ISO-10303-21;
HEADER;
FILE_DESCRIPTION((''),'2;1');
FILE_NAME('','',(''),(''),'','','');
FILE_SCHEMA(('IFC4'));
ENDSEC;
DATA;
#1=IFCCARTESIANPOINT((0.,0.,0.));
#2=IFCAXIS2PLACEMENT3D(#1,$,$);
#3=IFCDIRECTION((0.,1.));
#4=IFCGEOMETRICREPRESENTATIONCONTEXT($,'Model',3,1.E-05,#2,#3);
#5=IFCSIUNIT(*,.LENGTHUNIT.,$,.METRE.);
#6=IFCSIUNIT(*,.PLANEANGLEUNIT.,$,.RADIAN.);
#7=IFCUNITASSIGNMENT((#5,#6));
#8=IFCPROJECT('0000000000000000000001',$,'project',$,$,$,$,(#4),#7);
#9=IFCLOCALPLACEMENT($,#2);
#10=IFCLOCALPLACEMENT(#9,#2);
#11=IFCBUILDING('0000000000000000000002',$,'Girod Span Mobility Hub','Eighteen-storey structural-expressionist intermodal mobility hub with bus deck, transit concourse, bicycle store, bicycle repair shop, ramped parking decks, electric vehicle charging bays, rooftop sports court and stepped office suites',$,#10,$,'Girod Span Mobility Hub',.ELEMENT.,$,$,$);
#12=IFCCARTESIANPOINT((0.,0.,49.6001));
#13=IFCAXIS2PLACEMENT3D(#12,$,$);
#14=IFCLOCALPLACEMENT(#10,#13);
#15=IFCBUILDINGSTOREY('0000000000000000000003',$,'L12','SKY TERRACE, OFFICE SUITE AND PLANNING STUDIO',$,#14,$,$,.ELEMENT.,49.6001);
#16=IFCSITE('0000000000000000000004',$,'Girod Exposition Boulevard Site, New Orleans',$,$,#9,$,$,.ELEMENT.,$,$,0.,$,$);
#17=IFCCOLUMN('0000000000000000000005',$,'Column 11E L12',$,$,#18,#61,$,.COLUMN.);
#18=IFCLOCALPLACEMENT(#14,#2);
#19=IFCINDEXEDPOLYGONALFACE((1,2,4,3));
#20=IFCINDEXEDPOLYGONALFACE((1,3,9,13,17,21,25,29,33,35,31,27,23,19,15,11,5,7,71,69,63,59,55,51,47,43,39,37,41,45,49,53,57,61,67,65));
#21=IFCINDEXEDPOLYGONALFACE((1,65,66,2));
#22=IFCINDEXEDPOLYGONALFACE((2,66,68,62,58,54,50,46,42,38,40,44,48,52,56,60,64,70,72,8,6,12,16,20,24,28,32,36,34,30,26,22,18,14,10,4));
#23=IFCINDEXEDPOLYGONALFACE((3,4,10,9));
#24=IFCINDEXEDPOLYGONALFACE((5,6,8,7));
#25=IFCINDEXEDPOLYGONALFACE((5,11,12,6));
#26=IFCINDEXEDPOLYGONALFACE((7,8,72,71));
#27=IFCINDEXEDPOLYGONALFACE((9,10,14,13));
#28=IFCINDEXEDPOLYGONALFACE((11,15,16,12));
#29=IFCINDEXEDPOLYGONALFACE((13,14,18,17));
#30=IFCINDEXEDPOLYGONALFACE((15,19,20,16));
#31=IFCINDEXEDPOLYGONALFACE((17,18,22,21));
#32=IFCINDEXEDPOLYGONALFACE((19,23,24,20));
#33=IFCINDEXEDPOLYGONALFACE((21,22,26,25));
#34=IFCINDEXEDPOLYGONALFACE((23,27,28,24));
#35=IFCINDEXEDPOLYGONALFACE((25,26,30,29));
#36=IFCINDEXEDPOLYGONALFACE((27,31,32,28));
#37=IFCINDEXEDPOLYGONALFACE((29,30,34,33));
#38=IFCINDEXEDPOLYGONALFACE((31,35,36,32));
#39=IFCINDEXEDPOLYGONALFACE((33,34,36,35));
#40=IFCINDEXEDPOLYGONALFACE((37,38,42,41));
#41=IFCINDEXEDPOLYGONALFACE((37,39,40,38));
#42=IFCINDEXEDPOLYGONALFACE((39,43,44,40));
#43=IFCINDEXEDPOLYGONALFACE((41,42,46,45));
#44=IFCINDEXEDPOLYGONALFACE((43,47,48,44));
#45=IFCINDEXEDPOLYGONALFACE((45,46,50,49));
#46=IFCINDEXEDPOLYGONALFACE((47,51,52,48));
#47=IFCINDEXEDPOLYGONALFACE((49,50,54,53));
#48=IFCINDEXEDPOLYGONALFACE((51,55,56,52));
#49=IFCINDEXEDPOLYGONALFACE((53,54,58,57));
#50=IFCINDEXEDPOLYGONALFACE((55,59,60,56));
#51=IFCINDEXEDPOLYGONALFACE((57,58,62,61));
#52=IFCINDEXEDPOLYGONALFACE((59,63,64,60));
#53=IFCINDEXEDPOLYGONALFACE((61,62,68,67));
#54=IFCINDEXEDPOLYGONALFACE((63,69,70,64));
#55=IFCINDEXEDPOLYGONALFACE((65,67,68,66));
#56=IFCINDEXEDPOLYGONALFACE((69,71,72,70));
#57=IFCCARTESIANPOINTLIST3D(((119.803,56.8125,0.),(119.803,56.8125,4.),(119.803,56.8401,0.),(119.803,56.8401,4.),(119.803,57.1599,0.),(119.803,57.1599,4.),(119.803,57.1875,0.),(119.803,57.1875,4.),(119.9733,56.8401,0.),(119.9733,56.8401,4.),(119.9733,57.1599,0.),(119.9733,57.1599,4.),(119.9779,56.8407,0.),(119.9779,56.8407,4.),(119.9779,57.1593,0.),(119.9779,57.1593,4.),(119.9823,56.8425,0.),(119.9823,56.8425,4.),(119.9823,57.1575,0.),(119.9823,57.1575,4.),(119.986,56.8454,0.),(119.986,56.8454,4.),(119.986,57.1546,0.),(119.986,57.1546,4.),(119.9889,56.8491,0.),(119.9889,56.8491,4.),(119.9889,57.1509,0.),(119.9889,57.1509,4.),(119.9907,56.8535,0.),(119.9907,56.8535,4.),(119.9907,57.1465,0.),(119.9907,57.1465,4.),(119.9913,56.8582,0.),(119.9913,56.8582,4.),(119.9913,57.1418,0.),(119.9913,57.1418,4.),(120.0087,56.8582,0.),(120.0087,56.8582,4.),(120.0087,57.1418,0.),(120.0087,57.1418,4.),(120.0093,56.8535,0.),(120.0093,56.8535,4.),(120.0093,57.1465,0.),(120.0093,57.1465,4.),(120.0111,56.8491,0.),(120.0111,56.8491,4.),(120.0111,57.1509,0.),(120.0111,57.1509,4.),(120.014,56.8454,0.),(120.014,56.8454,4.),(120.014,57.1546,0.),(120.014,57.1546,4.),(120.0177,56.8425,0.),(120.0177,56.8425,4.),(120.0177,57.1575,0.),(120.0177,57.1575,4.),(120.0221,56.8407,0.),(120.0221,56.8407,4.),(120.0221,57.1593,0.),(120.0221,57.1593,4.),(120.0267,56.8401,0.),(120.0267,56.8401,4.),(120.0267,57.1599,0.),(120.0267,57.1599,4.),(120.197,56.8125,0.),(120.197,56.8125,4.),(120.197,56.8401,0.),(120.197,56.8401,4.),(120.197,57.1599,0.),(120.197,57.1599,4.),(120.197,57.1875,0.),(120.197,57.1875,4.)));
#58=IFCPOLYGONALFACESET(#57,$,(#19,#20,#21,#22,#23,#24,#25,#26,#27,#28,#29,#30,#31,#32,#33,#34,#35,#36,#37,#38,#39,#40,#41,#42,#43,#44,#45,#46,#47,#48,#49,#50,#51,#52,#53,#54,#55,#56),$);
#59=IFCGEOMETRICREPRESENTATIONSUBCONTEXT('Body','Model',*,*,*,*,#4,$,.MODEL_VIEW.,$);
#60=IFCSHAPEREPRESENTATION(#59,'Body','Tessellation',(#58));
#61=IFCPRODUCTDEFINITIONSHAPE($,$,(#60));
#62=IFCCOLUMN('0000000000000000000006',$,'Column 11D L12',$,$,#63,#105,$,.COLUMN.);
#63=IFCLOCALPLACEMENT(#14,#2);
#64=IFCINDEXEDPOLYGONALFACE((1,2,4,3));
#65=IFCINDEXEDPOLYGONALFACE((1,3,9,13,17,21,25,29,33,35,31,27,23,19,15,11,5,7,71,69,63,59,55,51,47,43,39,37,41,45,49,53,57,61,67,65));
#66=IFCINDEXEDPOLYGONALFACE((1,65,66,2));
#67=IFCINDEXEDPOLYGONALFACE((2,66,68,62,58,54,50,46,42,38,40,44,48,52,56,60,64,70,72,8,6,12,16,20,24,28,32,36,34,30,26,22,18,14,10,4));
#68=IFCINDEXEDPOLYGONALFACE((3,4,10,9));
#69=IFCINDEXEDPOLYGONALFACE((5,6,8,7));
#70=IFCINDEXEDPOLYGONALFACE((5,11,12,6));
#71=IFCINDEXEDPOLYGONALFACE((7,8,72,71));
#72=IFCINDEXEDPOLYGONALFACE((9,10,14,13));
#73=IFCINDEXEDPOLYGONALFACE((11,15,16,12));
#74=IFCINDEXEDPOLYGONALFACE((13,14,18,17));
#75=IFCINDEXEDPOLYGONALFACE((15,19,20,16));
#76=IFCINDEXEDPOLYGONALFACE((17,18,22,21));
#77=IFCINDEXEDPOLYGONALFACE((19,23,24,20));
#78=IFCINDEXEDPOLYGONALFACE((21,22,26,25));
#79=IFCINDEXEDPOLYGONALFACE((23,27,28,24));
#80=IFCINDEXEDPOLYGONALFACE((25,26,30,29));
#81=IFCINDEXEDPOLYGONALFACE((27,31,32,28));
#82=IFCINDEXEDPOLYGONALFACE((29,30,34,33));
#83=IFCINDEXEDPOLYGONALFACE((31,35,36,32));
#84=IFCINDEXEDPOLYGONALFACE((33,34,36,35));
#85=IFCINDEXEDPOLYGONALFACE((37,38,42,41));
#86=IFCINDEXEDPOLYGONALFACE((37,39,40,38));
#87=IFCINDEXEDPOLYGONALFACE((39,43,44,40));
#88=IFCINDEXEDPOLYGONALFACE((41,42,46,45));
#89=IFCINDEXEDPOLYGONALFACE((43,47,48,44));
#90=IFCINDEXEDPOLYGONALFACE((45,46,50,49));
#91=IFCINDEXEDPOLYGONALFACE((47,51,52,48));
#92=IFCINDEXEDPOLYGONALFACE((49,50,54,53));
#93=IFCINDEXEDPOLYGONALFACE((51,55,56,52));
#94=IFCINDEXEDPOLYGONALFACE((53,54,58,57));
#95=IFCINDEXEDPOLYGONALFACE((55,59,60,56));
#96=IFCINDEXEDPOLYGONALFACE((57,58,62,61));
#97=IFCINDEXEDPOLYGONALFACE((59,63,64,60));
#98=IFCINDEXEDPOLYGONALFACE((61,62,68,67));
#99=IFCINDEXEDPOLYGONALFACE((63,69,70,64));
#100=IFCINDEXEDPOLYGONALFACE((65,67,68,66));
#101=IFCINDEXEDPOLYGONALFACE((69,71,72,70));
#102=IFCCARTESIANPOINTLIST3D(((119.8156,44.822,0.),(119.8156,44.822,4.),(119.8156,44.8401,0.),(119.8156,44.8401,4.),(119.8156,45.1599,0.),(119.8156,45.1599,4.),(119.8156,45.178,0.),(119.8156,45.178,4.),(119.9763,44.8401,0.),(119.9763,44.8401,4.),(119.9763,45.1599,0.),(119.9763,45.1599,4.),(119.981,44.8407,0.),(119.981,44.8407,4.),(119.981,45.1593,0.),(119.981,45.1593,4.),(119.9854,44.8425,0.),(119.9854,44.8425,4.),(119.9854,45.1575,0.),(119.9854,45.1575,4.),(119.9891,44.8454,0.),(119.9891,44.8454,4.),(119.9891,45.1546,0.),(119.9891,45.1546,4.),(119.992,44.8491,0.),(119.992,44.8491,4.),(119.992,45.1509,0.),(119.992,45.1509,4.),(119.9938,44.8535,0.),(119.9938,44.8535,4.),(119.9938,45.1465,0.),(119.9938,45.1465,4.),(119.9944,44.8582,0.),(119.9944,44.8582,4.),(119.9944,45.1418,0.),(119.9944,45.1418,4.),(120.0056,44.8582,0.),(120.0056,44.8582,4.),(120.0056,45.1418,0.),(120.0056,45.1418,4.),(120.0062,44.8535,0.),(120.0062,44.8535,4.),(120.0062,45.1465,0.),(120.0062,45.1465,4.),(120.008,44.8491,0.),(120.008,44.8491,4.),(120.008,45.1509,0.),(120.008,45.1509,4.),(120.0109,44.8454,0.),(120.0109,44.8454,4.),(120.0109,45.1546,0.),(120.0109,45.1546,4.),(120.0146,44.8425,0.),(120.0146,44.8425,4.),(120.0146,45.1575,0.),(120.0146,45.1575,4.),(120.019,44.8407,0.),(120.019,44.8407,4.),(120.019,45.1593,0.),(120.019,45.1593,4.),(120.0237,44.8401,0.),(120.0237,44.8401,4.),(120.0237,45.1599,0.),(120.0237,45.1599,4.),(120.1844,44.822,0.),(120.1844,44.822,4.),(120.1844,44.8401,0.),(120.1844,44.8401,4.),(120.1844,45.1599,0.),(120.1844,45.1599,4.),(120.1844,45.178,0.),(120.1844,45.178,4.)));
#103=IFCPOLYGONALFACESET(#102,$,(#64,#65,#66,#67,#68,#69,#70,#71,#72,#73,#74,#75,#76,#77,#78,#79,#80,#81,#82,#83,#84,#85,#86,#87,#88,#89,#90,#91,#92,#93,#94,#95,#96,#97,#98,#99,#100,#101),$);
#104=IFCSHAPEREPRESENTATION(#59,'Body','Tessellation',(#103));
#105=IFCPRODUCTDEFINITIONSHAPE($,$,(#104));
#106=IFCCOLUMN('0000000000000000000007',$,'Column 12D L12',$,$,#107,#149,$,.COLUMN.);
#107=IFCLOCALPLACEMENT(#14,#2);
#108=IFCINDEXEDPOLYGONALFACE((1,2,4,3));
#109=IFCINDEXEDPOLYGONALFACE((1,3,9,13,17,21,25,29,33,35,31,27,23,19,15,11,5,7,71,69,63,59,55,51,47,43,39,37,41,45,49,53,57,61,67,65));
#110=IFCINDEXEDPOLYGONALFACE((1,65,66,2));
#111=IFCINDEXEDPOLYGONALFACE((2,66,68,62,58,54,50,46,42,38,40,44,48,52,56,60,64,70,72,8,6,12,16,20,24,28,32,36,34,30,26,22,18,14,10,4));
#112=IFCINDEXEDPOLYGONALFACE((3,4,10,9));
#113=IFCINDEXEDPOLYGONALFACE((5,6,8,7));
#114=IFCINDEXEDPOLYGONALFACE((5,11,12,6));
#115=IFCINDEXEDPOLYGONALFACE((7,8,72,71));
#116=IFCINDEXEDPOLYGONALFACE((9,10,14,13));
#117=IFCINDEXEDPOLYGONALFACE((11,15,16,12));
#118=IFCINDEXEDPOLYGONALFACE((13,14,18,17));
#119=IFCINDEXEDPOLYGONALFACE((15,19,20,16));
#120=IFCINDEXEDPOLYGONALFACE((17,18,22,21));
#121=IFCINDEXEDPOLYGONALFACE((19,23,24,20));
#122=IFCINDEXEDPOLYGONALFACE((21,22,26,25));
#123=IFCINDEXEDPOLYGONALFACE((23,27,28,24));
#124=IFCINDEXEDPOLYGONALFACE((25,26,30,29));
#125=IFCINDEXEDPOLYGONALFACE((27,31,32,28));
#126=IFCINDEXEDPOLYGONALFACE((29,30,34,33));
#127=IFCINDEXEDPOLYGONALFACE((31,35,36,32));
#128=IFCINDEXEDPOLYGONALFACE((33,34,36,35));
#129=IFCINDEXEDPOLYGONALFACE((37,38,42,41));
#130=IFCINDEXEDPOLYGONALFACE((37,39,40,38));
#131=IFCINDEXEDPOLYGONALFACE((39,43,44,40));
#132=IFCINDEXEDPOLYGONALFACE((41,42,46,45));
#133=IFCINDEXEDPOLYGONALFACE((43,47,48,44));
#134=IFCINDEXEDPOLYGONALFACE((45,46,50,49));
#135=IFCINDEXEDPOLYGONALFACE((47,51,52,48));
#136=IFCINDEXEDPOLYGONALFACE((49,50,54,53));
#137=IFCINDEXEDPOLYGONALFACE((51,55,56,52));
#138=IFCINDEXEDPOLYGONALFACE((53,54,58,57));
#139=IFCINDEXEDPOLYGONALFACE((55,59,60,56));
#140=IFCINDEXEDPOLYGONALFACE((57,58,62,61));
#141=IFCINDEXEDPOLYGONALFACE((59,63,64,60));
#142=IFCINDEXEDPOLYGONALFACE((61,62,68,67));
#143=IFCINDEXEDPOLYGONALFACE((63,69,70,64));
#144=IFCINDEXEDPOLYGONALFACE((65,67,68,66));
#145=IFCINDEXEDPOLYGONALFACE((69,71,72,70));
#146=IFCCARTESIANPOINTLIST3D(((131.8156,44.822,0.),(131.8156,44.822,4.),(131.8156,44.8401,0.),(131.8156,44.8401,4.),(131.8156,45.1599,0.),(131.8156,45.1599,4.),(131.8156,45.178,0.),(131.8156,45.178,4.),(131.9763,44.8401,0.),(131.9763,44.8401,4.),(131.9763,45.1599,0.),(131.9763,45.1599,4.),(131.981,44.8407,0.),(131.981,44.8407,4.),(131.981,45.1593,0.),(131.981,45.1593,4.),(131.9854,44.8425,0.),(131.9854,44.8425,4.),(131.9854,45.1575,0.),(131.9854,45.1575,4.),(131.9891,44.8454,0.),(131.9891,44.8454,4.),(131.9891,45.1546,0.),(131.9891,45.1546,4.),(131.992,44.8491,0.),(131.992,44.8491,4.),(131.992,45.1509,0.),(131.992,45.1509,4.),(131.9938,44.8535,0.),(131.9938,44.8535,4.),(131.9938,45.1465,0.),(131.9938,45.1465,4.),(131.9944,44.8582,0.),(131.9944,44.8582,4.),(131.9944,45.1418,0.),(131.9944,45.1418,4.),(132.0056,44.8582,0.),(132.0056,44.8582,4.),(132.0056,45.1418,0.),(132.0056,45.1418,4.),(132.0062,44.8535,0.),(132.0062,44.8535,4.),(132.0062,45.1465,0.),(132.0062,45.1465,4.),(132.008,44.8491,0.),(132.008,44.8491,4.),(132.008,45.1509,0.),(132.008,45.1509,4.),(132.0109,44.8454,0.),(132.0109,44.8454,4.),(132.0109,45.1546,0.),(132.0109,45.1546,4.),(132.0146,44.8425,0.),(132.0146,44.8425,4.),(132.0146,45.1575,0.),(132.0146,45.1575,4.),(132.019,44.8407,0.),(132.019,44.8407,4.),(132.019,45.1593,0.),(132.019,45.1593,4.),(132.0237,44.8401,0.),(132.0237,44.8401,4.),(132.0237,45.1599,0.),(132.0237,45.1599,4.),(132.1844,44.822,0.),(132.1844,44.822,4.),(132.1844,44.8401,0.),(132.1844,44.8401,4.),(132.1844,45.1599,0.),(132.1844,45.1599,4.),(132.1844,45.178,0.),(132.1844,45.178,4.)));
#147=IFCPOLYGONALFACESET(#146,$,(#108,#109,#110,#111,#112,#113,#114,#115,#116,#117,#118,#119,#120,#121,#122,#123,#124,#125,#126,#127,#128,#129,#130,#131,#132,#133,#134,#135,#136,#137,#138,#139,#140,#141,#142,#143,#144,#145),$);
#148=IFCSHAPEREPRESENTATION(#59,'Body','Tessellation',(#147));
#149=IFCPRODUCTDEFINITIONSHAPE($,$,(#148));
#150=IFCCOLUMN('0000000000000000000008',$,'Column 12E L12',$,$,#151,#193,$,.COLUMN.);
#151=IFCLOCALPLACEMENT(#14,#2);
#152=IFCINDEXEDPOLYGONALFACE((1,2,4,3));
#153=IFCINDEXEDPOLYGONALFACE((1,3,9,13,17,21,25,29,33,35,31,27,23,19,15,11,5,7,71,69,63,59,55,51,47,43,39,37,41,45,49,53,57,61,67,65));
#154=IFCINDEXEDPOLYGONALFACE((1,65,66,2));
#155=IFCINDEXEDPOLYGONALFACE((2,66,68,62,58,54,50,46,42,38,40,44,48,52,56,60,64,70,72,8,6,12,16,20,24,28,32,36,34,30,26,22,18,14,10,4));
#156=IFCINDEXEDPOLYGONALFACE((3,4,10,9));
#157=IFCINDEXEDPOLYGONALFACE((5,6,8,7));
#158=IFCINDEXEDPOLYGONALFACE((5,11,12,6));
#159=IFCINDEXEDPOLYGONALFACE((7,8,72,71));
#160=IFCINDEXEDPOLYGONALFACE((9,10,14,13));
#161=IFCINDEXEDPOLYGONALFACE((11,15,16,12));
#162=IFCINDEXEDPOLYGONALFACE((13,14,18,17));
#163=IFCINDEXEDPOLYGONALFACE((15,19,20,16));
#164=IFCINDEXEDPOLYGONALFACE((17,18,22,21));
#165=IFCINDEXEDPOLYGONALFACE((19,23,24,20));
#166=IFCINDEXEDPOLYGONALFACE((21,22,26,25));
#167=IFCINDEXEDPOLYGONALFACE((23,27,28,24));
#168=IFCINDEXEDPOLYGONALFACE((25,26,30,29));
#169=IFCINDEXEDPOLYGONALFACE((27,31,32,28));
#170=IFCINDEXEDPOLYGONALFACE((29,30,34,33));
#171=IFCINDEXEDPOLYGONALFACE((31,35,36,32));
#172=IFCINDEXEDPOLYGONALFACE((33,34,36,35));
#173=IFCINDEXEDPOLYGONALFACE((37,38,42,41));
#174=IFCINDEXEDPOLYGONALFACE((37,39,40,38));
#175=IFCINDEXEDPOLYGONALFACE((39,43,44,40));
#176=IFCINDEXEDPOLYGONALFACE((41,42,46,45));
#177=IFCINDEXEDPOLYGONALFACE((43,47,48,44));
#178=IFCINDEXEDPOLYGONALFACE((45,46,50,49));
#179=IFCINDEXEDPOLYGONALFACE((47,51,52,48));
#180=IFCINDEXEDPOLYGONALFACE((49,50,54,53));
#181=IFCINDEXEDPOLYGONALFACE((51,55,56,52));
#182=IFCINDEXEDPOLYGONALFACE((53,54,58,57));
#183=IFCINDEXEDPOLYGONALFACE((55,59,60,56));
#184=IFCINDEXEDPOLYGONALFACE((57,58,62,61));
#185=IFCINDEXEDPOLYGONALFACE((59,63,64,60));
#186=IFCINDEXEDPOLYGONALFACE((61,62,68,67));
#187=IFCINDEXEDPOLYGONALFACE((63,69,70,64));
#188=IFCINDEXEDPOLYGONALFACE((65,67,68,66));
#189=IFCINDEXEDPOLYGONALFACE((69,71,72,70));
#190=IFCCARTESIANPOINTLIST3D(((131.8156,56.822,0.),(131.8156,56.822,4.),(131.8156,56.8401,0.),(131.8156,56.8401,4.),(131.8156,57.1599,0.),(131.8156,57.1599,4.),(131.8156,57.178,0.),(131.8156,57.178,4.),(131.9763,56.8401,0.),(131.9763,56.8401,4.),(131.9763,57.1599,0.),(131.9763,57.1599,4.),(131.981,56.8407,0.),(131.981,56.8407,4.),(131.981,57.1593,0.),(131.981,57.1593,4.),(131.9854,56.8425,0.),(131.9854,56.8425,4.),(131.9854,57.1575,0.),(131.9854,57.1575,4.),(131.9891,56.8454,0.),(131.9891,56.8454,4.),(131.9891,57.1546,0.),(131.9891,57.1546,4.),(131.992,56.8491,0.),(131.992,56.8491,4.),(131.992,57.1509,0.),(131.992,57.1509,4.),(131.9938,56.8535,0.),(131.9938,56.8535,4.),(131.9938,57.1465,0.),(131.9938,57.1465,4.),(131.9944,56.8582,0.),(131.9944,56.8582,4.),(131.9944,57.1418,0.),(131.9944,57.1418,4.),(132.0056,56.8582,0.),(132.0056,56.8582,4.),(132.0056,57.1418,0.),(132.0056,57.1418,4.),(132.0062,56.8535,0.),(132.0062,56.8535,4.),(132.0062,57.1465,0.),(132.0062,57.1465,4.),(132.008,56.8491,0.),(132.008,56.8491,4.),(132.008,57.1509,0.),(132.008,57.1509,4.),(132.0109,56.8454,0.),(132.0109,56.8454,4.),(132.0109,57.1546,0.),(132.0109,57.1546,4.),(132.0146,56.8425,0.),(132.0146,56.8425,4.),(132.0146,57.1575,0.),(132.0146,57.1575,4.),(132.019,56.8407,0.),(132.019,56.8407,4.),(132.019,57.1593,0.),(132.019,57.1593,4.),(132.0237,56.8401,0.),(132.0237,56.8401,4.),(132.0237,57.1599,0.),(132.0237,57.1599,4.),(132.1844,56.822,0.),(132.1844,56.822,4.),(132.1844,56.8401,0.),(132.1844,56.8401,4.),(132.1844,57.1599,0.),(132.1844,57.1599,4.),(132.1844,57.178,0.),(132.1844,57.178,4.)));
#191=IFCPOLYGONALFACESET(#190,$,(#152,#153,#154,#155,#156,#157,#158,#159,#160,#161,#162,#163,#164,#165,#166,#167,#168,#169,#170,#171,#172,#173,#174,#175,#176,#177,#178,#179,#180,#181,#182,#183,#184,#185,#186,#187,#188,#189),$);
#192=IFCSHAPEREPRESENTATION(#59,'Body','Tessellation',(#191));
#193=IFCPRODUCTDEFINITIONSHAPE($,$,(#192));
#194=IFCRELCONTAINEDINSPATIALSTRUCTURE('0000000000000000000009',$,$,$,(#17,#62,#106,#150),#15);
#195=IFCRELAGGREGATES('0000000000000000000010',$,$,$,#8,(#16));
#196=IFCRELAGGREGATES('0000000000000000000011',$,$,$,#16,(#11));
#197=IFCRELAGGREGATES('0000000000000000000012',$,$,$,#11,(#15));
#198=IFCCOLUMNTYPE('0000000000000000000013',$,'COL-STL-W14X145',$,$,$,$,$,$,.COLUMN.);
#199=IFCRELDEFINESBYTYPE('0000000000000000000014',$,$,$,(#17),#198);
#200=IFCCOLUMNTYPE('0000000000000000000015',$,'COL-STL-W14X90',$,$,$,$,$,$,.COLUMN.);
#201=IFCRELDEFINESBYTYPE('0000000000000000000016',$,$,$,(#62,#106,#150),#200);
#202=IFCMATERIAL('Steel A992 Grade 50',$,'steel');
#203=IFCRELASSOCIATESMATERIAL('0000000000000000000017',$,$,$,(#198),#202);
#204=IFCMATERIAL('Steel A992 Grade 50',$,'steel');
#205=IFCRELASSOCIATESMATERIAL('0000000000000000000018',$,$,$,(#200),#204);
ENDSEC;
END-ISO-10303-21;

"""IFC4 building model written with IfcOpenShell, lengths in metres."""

from ifc_helpers import new_model, si_unit, direction, frame, origin, origin_2d, place, context, subcontext, project, spatial, i_section, extrude, material, material_profile, profile_set, type_object, element, save


model = new_model("IFC4")

# Units and contexts
model_context = context("Model", 3, precision=1e-05, world=origin(), true_north=direction((0.0, 1.0)))
body_context = subcontext(model_context, "Body", "Model", "MODEL_VIEW")
ifc_project = project(units=[si_unit("LENGTHUNIT", "METRE"), si_unit("PLANEANGLEUNIT", "RADIAN")], contexts=[model_context])

# Site, building, storey
site_placement = place(None, origin())
site = spatial("IfcSite", under=ifc_project, at=site_placement, Name="Girod Exposition Boulevard Site, New Orleans", CompositionType="ELEMENT", RefElevation=0.0)
building_placement = place(site_placement, origin())
building = spatial("IfcBuilding", under=site, at=building_placement, Name="Girod Span Mobility Hub", Description="Eighteen-storey structural-expressionist intermodal mobility hub with bus deck, transit concourse, bicycle store, bicycle repair shop, ramped parking decks, electric vehicle charging bays, rooftop sports court and stepped office suites", LongName="Girod Span Mobility Hub", CompositionType="ELEMENT")
storey_placement = place(building_placement, frame((0.0, 0.0, 49.6001)))
storey = spatial("IfcBuildingStorey", under=building, at=storey_placement, Name="L12", Description="SKY TERRACE, OFFICE SUITE AND PLANNING STUDIO", CompositionType="ELEMENT", Elevation=49.6001)

# Columns
ifc_material_1 = material(Name="Steel A992 Grade 50", Category="steel")
ifc_material_profile_1 = material_profile(ifc_material_1, i_section(OverallWidth=0.394, OverallDepth=0.375, WebThickness=0.0173, FlangeThickness=0.0276, FilletRadius=0.0181, at=origin_2d()), Name="W14X145")
ifc_profile_set_1 = profile_set([ifc_material_profile_1], Name="Steel A992 Grade 50")
column_type_1 = type_object("IfcColumnType", Name="COL-STL-W14X145", PredefinedType="COLUMN", material=ifc_profile_set_1)
column_placement = place(storey_placement, frame((120.0, 57.0, 0.0), z_axis=(0.0, 0.0, 1.0), x_axis=(1.0, 0.0, 0.0)))
element("IfcColumn", 1, at=column_placement, inside=storey, type_object=column_type_1, Name="Column 11E L12", PredefinedType="COLUMN", context=body_context, shape_type="SweptSolid", body=[
    extrude(i_section(OverallWidth=0.394, OverallDepth=0.375, WebThickness=0.0173, FlangeThickness=0.0276, FilletRadius=0.0181, at=origin_2d()), origin(), (0.0, 0.0, 1.0), 4.0),
])
ifc_material_2 = material(Name="Steel A992 Grade 50", Category="steel")
ifc_material_profile_2 = material_profile(ifc_material_2, i_section(OverallWidth=0.3689, OverallDepth=0.356, WebThickness=0.0112, FlangeThickness=0.0181, FilletRadius=0.0181, at=origin_2d()), Name="W14X90")
ifc_profile_set_2 = profile_set([ifc_material_profile_2], Name="Steel A992 Grade 50")
column_type_2 = type_object("IfcColumnType", Name="COL-STL-W14X90", PredefinedType="COLUMN", material=ifc_profile_set_2)
for number, where, z_axis, x_axis, name in (
    (2, (120.0, 45.0, 0.0), (0.0, 0.0, 1.0), (1.0, 0.0, 0.0), "Column 11D L12"),
    (3, (132.0, 45.0, 0.0), (0.0, 0.0, 1.0), (1.0, 0.0, 0.0), "Column 12D L12"),
    (4, (132.0, 57.0, 0.0), (0.0, 0.0, 1.0), (1.0, 0.0, 0.0), "Column 12E L12"),
):
    element("IfcColumn", number, at=place(storey_placement, frame(where, z_axis=z_axis, x_axis=x_axis)), inside=storey, type_object=column_type_2, Name=name, PredefinedType="COLUMN", context=body_context, shape_type="SweptSolid", body=[
        extrude(i_section(OverallWidth=0.3689, OverallDepth=0.356, WebThickness=0.0112, FlangeThickness=0.0181, FilletRadius=0.0181, at=origin_2d()), origin(), (0.0, 0.0, 1.0), 4.0),
    ])

save(model, "model.ifc")
